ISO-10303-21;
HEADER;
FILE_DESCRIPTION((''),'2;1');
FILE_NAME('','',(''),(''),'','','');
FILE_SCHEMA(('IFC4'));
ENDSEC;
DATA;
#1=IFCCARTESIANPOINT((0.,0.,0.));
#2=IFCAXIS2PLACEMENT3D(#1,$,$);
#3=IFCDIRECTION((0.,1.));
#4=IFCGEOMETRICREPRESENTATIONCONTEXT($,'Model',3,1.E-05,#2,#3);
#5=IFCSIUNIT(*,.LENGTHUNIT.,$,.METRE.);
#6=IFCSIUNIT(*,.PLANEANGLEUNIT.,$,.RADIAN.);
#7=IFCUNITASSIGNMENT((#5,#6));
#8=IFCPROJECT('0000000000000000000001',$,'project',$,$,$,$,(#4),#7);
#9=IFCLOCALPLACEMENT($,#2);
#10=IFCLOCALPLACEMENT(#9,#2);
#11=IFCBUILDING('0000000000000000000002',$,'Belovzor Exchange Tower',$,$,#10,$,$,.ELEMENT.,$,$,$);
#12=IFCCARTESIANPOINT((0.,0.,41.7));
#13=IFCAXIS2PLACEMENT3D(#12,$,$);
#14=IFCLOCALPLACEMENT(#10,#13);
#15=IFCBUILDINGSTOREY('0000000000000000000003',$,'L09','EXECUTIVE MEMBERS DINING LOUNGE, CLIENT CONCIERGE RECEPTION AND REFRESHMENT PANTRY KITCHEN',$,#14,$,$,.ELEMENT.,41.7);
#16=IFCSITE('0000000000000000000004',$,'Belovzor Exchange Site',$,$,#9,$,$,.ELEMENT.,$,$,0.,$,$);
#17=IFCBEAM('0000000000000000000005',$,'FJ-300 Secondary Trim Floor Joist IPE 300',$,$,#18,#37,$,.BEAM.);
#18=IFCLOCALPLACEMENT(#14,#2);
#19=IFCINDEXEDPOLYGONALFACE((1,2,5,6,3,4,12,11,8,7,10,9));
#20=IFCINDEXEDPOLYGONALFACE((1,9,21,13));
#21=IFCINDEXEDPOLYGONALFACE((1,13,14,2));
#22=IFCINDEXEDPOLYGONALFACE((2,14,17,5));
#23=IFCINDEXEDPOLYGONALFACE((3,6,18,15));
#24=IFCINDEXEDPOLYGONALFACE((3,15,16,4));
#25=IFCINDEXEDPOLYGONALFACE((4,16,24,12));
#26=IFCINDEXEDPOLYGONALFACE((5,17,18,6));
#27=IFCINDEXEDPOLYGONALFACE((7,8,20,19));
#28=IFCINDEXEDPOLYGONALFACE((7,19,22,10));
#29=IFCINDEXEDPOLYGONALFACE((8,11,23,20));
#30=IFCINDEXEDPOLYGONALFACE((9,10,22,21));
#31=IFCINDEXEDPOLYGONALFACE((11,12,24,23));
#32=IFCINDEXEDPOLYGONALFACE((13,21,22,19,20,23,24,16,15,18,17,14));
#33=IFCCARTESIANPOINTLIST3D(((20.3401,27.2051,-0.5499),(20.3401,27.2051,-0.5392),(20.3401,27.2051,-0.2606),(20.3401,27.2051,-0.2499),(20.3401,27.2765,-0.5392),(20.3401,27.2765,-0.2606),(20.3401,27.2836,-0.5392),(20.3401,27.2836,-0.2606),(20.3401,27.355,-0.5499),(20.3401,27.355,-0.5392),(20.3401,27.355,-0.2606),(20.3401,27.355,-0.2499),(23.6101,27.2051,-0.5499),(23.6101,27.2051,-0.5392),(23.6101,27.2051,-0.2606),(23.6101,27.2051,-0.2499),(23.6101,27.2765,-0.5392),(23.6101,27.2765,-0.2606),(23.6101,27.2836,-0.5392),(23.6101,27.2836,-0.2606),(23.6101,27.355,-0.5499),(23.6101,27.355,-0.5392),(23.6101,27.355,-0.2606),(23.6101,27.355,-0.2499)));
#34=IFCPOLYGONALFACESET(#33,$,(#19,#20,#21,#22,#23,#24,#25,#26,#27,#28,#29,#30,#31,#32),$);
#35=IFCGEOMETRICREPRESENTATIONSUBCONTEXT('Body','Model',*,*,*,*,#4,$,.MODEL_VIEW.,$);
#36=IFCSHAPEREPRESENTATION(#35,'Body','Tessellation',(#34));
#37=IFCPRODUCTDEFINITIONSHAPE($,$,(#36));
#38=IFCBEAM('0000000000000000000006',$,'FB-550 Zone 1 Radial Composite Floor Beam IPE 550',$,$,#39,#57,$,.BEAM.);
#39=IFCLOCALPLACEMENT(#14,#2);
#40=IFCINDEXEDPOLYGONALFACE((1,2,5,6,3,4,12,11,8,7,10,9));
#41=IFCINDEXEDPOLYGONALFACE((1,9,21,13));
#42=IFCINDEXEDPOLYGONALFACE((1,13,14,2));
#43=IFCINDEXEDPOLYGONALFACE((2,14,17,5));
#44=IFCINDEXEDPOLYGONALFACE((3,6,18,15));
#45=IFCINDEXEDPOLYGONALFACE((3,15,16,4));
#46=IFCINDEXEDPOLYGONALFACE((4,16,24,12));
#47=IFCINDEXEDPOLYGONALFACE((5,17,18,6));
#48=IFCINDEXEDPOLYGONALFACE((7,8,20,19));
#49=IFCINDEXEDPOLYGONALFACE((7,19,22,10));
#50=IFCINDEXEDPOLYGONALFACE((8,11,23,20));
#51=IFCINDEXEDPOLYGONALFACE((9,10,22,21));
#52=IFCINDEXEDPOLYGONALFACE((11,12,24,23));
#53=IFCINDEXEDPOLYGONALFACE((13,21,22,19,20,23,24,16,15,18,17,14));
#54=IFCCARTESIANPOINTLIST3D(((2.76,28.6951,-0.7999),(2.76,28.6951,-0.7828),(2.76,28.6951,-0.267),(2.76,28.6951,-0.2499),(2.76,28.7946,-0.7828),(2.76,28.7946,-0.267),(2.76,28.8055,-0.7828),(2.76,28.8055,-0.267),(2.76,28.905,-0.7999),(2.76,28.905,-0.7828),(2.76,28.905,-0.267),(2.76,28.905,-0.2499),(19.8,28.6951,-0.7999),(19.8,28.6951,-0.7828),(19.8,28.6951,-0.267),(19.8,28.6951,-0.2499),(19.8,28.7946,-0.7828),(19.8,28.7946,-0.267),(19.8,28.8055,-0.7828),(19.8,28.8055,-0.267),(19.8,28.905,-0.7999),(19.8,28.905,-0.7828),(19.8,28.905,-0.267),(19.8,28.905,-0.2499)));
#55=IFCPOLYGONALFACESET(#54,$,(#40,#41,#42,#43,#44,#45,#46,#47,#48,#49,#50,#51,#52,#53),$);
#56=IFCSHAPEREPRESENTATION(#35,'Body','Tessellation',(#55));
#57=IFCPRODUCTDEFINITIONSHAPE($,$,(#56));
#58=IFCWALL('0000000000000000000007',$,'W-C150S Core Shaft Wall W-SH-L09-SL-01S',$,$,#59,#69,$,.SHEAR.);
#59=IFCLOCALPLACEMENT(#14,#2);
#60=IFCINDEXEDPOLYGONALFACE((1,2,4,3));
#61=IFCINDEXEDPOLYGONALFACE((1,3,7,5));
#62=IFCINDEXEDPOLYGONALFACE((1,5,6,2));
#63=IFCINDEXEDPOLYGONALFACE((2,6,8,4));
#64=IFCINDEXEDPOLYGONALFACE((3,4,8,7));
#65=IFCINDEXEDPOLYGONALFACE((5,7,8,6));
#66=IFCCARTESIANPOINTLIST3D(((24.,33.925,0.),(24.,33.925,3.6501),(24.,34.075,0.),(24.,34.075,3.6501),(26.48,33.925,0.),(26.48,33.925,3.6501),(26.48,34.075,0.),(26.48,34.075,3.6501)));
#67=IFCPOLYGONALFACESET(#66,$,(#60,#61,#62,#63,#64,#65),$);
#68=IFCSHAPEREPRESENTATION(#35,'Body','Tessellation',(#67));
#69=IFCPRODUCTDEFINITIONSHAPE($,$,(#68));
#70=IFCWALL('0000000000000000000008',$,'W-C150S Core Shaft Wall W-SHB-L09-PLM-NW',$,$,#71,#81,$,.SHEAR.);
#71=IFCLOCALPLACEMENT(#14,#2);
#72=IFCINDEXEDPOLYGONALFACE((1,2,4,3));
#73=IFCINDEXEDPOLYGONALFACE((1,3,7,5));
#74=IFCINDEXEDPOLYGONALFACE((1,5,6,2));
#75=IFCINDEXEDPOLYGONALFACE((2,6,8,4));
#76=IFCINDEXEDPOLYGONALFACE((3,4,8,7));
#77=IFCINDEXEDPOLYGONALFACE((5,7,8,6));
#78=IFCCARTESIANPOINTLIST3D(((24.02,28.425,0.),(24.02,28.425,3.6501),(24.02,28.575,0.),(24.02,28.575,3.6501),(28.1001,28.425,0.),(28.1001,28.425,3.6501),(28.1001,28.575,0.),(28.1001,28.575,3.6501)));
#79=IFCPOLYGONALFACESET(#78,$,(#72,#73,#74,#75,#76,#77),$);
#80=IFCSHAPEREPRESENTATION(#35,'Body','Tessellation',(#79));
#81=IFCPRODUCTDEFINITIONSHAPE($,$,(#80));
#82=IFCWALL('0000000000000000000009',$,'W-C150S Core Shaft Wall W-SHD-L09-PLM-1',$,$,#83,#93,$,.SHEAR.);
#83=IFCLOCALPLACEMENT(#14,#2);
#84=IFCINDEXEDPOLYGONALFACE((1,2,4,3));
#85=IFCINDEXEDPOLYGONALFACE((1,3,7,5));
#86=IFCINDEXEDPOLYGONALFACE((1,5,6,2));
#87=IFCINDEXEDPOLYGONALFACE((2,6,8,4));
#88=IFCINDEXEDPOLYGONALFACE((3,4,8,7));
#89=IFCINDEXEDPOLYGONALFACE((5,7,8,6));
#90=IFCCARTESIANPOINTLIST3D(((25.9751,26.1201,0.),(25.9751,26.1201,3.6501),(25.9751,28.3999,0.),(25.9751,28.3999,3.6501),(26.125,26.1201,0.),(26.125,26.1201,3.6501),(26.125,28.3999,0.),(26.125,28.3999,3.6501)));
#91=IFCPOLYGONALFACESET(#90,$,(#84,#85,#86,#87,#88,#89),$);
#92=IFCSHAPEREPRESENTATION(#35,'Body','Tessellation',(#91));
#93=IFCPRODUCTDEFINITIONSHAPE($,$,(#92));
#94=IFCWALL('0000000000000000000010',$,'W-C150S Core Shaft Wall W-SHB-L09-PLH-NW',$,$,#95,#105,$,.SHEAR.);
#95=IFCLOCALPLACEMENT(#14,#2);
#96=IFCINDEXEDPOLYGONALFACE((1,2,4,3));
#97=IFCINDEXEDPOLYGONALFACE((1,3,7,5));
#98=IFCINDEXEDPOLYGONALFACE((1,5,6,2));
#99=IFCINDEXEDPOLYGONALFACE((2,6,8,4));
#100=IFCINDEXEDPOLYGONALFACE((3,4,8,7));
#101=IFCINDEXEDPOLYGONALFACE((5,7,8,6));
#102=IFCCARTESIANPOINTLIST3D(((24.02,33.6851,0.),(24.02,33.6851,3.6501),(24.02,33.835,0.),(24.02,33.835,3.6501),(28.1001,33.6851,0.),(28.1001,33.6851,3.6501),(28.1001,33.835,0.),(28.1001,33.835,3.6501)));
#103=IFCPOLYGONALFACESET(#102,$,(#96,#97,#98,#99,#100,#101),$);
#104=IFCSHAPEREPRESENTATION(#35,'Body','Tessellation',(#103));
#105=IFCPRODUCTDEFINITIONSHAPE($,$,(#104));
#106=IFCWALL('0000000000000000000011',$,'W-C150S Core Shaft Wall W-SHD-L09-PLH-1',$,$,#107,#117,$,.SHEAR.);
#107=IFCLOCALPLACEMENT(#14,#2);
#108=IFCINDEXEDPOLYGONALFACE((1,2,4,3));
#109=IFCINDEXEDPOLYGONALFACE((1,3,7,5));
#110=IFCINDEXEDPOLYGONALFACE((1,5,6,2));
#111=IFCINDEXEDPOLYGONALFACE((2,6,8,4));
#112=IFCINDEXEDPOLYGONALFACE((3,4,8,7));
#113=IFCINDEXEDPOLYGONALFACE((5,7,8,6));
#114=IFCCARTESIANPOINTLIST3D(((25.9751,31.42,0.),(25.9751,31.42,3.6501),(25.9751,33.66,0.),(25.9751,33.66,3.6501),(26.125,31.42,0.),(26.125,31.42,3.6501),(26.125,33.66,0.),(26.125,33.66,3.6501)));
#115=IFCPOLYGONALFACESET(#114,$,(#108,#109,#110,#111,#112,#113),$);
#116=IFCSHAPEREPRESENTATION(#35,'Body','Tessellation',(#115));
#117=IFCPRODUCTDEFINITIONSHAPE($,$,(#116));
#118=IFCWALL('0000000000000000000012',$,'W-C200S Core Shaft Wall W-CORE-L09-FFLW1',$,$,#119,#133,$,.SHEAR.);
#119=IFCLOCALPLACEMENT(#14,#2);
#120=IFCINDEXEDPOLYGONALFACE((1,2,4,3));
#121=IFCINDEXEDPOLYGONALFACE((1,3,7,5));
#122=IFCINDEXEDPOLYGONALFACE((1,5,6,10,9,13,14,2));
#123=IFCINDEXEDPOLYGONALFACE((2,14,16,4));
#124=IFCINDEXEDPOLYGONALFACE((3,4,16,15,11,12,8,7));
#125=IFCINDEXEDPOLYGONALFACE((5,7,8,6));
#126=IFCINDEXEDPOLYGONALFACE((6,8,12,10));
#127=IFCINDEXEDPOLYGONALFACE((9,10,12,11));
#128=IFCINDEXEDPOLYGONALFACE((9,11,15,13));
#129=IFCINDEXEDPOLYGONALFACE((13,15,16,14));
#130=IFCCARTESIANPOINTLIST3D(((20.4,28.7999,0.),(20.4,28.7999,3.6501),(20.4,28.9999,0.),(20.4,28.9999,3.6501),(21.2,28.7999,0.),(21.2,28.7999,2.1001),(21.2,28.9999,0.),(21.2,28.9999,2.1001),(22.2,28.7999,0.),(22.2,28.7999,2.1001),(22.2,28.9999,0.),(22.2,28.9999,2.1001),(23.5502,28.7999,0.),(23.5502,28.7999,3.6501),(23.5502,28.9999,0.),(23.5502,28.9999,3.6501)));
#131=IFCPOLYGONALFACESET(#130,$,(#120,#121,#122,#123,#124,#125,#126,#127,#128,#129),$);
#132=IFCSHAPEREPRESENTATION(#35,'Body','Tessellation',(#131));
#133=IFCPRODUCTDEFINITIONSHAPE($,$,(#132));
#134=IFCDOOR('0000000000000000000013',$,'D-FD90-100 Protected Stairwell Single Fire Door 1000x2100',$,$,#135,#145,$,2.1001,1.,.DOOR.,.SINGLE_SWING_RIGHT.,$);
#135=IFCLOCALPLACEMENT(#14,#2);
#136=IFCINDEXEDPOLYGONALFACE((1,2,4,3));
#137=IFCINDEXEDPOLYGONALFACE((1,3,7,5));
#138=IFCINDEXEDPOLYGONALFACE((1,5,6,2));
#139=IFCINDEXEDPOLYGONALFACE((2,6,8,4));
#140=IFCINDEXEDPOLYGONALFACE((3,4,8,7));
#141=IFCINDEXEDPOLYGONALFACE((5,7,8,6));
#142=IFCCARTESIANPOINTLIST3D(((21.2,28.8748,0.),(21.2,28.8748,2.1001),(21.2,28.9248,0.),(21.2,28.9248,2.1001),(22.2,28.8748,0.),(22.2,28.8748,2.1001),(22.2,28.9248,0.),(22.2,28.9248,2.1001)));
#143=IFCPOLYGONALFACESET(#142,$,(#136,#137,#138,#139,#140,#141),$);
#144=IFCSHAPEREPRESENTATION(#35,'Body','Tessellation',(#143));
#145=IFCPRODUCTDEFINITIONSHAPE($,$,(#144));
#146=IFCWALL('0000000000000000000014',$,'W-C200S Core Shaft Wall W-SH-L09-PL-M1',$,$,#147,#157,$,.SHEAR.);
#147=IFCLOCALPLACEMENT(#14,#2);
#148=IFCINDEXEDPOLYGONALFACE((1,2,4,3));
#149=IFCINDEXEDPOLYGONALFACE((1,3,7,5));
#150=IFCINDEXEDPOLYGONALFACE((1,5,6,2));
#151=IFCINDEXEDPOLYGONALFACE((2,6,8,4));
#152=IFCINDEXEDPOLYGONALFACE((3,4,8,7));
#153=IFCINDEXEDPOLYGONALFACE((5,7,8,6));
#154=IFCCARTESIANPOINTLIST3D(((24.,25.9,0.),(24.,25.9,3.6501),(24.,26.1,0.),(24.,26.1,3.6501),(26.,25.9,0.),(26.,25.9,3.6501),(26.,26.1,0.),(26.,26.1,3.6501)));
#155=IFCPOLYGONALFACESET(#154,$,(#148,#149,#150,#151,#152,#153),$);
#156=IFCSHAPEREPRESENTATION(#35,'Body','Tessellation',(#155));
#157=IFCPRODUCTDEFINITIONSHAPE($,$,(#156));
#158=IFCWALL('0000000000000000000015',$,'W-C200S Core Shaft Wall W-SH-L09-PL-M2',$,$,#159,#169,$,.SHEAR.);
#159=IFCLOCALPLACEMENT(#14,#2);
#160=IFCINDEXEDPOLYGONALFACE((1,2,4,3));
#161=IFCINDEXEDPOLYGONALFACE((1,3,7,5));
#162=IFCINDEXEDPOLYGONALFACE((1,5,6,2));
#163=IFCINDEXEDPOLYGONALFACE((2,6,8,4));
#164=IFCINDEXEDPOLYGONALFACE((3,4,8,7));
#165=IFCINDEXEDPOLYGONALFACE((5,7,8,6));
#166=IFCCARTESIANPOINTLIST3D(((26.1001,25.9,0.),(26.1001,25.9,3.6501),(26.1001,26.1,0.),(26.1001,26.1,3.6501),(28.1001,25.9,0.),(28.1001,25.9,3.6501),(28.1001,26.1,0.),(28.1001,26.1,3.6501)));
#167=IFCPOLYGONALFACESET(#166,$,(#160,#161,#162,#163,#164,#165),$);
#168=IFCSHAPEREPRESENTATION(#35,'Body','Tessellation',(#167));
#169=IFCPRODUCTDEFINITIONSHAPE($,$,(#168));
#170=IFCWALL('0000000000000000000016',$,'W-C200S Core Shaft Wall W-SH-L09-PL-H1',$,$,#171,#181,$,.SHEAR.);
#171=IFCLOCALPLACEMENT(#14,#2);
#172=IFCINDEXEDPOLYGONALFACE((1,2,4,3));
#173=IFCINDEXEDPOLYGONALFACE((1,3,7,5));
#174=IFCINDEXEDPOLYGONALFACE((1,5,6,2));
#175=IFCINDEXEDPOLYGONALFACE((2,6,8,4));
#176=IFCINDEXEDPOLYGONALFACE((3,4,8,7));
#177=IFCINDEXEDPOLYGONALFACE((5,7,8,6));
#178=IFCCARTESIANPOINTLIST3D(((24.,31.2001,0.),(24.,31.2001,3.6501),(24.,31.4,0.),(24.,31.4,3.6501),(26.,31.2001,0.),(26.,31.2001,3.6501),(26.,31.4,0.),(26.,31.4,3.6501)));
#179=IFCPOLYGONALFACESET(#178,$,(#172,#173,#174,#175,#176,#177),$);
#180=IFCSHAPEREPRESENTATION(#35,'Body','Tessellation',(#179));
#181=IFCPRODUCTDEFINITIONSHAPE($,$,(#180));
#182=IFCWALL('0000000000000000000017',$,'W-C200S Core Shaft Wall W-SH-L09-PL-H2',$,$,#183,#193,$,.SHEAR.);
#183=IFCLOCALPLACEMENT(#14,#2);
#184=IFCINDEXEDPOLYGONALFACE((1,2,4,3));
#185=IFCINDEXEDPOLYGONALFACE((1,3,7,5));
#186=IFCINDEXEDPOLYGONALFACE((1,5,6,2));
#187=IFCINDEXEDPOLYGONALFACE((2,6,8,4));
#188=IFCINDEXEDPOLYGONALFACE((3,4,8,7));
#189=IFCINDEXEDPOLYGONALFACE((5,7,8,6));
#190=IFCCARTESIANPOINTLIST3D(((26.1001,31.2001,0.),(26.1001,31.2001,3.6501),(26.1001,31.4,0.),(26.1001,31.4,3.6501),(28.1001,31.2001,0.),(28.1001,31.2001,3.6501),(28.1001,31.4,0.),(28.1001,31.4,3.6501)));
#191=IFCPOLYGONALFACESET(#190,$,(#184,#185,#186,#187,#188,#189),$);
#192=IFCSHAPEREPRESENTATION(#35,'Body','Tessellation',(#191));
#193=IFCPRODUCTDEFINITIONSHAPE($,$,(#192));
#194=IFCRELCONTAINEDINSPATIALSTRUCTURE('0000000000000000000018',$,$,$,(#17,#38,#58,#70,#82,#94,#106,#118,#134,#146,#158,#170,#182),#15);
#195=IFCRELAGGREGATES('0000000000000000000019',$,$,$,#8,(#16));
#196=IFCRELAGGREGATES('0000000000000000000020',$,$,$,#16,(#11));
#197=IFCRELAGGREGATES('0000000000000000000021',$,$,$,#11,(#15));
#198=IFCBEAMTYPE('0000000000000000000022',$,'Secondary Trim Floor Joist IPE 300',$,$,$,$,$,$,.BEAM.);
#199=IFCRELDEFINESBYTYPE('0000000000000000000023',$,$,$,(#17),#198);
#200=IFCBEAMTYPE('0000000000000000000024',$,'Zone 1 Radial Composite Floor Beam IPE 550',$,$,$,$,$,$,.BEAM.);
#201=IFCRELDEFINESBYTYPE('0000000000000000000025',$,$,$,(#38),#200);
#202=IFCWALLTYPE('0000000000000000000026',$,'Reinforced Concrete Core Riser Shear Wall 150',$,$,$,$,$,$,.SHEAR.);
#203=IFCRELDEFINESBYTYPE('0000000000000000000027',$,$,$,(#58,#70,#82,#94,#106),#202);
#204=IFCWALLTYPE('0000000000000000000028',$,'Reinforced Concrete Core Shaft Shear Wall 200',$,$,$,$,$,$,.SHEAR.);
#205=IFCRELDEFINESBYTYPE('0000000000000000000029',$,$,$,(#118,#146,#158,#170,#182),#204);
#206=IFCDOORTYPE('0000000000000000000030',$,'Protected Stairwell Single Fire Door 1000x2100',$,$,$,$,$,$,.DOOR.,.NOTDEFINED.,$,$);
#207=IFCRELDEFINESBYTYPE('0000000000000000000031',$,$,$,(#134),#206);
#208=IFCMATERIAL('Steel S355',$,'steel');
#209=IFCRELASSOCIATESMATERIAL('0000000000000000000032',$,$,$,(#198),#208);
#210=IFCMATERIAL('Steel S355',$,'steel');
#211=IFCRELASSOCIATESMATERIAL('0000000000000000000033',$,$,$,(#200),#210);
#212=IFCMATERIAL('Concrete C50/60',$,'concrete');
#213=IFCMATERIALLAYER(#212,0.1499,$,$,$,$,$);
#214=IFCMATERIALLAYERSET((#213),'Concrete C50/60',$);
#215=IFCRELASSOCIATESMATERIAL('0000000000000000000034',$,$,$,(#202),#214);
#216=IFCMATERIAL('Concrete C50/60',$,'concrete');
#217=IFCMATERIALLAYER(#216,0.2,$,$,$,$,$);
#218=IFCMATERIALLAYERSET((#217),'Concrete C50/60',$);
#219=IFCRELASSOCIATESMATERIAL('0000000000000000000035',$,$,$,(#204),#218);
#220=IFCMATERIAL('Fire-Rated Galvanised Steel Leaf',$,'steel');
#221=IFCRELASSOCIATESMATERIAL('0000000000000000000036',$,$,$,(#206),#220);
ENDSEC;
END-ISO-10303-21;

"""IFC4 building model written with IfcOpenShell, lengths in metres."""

from ifc_helpers import new_model, si_unit, direction, frame, frame_2d, origin, origin_2d, place, context, subcontext, project, spatial, rectangle, i_section, extrude, material, layer, layer_set, material_profile, profile_set, type_object, element, fill, save


model = new_model("IFC4")

# Units and contexts
model_context = context("Model", 3, precision=1e-05, world=origin(), true_north=direction((0.0, 1.0)))
body_context = subcontext(model_context, "Body", "Model", "MODEL_VIEW")
ifc_project = project(units=[si_unit("LENGTHUNIT", "METRE"), si_unit("PLANEANGLEUNIT", "RADIAN")], contexts=[model_context])

# Site, building, storey
site_placement = place(None, origin())
site = spatial("IfcSite", under=ifc_project, at=site_placement, Name="Belovzor Exchange Site", CompositionType="ELEMENT", RefElevation=0.0)
building_placement = place(site_placement, origin())
building = spatial("IfcBuilding", under=site, at=building_placement, Name="Belovzor Exchange Tower", CompositionType="ELEMENT")
storey_placement = place(building_placement, frame((0.0, 0.0, 41.7)))
storey = spatial("IfcBuildingStorey", under=building, at=storey_placement, Name="L09", Description="EXECUTIVE MEMBERS DINING LOUNGE, CLIENT CONCIERGE RECEPTION AND REFRESHMENT PANTRY KITCHEN", CompositionType="ELEMENT", Elevation=41.7)

# Beams
ifc_material_1 = material(Name="Steel S355", Category="steel")
ifc_material_profile_1 = material_profile(ifc_material_1, i_section(OverallWidth=0.1499, OverallDepth=0.3, WebThickness=0.0071, FlangeThickness=0.0107, at=origin_2d()))
ifc_profile_set_1 = profile_set([ifc_material_profile_1], Name="Steel S355")
beam_type_1 = type_object("IfcBeamType", Name="Secondary Trim Floor Joist IPE 300", PredefinedType="BEAM", material=ifc_profile_set_1)
beam_1_placement = place(storey_placement, frame((20.3401, 27.28, -0.3999), z_axis=(1.0, 0.0, 0.0), x_axis=(0.0, 1.0, 0.0)))
element("IfcBeam", 1, at=beam_1_placement, inside=storey, type_object=beam_type_1, Name="FJ-300 Secondary Trim Floor Joist IPE 300", PredefinedType="BEAM", context=body_context, shape_type="SweptSolid", body=[
    extrude(i_section(OverallWidth=0.1499, OverallDepth=0.3, WebThickness=0.0071, FlangeThickness=0.0107, at=origin_2d()), origin(), (0.0, 0.0, 1.0), 3.27),
])
ifc_material_2 = material(Name="Steel S355", Category="steel")
ifc_material_profile_2 = material_profile(ifc_material_2, i_section(OverallWidth=0.21, OverallDepth=0.55, WebThickness=0.011, FlangeThickness=0.0171, at=origin_2d()))
ifc_profile_set_2 = profile_set([ifc_material_profile_2], Name="Steel S355")
beam_type_2 = type_object("IfcBeamType", Name="Zone 1 Radial Composite Floor Beam IPE 550", PredefinedType="BEAM", material=ifc_profile_set_2)
beam_2_placement = place(storey_placement, frame((19.8, 28.8, -0.5249), z_axis=(-1.0, 0.0, 0.0), x_axis=(0.0, -1.0, 0.0)))
element("IfcBeam", 2, at=beam_2_placement, inside=storey, type_object=beam_type_2, Name="FB-550 Zone 1 Radial Composite Floor Beam IPE 550", PredefinedType="BEAM", context=body_context, shape_type="SweptSolid", body=[
    extrude(i_section(OverallWidth=0.21, OverallDepth=0.55, WebThickness=0.011, FlangeThickness=0.0171, at=origin_2d()), origin(), (0.0, 0.0, 1.0), 17.04),
])

# Walls
ifc_material_3 = material(Name="Concrete C50/60", Category="concrete")
ifc_layer_1 = layer(ifc_material_3, 0.1499)
ifc_layer_set_1 = layer_set([ifc_layer_1], Name="Concrete C50/60")
wall_type_1 = type_object("IfcWallType", Name="Reinforced Concrete Core Riser Shear Wall 150", PredefinedType="SHEAR", material=ifc_layer_set_1)
wall_1_placement = place(storey_placement, frame((24.0, 34.0, 0.0), z_axis=(0.0, 0.0, 1.0), x_axis=(1.0, 0.0, 0.0)))
element("IfcWall", 3, at=wall_1_placement, inside=storey, type_object=wall_type_1, Name="W-C150S Core Shaft Wall W-SH-L09-SL-01S", PredefinedType="SHEAR", context=body_context, shape_type="SweptSolid", body=[
    extrude(rectangle(XDim=2.48, YDim=0.1499, at=frame_2d((1.24, 0.0))), origin(), (0.0, 0.0, 1.0), 3.6501),
])
wall_2_placement = place(storey_placement, frame((24.02, 28.5, 0.0), z_axis=(0.0, 0.0, 1.0), x_axis=(1.0, 0.0, 0.0)))
element("IfcWall", 4, at=wall_2_placement, inside=storey, type_object=wall_type_1, Name="W-C150S Core Shaft Wall W-SHB-L09-PLM-NW", PredefinedType="SHEAR", context=body_context, shape_type="SweptSolid", body=[
    extrude(rectangle(XDim=4.0801, YDim=0.1499, at=frame_2d((2.04, 0.0))), origin(), (0.0, 0.0, 1.0), 3.6501),
])
wall_3_placement = place(storey_placement, frame((26.05, 26.1201, 0.0), z_axis=(0.0, 0.0, 1.0), x_axis=(0.0, 1.0, 0.0)))
element("IfcWall", 5, at=wall_3_placement, inside=storey, type_object=wall_type_1, Name="W-C150S Core Shaft Wall W-SHD-L09-PLM-1", PredefinedType="SHEAR", context=body_context, shape_type="SweptSolid", body=[
    extrude(rectangle(XDim=2.2798, YDim=0.1499, at=frame_2d((1.1399, 0.0))), origin(), (0.0, 0.0, 1.0), 3.6501),
])
wall_4_placement = place(storey_placement, frame((24.02, 33.76, 0.0), z_axis=(0.0, 0.0, 1.0), x_axis=(1.0, 0.0, 0.0)))
element("IfcWall", 6, at=wall_4_placement, inside=storey, type_object=wall_type_1, Name="W-C150S Core Shaft Wall W-SHB-L09-PLH-NW", PredefinedType="SHEAR", context=body_context, shape_type="SweptSolid", body=[
    extrude(rectangle(XDim=4.0801, YDim=0.1499, at=frame_2d((2.04, 0.0))), origin(), (0.0, 0.0, 1.0), 3.6501),
])
wall_5_placement = place(storey_placement, frame((26.05, 31.4199, 0.0), z_axis=(0.0, 0.0, 1.0), x_axis=(0.0, 1.0, 0.0)))
element("IfcWall", 7, at=wall_5_placement, inside=storey, type_object=wall_type_1, Name="W-C150S Core Shaft Wall W-SHD-L09-PLH-1", PredefinedType="SHEAR", context=body_context, shape_type="SweptSolid", body=[
    extrude(rectangle(XDim=2.24, YDim=0.1499, at=frame_2d((1.1201, 0.0))), origin(), (0.0, 0.0, 1.0), 3.6501),
])

# Wall, opening, door
ifc_material_4 = material(Name="Concrete C50/60", Category="concrete")
ifc_layer_2 = layer(ifc_material_4, 0.2)
ifc_layer_set_2 = layer_set([ifc_layer_2], Name="Concrete C50/60")
wall_type_2 = type_object("IfcWallType", Name="Reinforced Concrete Core Shaft Shear Wall 200", PredefinedType="SHEAR", material=ifc_layer_set_2)
wall_6_placement = place(storey_placement, frame((20.3999, 28.8999, 0.0), z_axis=(0.0, 0.0, 1.0), x_axis=(1.0, 0.0, 0.0)))
wall_6 = element("IfcWall", 8, at=wall_6_placement, inside=storey, type_object=wall_type_2, Name="W-C200S Core Shaft Wall W-CORE-L09-FFLW1", PredefinedType="SHEAR", context=body_context, shape_type="SweptSolid", body=[
    extrude(rectangle(XDim=3.1501, YDim=0.2, at=frame_2d((1.5752, 0.0))), origin(), (0.0, 0.0, 1.0), 3.6501),
])
opening_1_placement = place(wall_6_placement, frame((0.8, 0.0, 0.0)))
opening_1 = element("IfcOpeningElement", 9, at=opening_1_placement, cuts=wall_6, PredefinedType="OPENING", context=body_context, shape_type="SweptSolid", body=[
    extrude(rectangle(XDim=1.0, YDim=2.1001, at=frame_2d((0.5, 1.05))), frame((0.0, 0.1099, 0.0), z_axis=(0.0, -1.0, 0.0), x_axis=(1.0, 0.0, 0.0)), (0.0, 0.0, 1.0), 0.22),
])
ifc_material_5 = material(Name="Fire-Rated Galvanised Steel Leaf", Category="steel")
door_type_1 = type_object("IfcDoorType", Name="Protected Stairwell Single Fire Door 1000x2100", OperationType="NOTDEFINED", PredefinedType="DOOR", material=ifc_material_5)
door_1_placement = place(opening_1_placement, origin())
door_1 = element("IfcDoor", 10, at=door_1_placement, inside=storey, type_object=door_type_1, Name="D-FD90-100 Protected Stairwell Single Fire Door 1000x2100", OperationType="SINGLE_SWING_RIGHT", OverallHeight=2.1001, OverallWidth=1.0, PredefinedType="DOOR", context=body_context, shape_type="SweptSolid", body=[
    extrude(rectangle(XDim=1.0, YDim=2.1001, at=frame_2d((0.5, 1.05))), frame((0.0, 0.0249, 0.0), z_axis=(0.0, -1.0, 0.0), x_axis=(1.0, 0.0, 0.0)), (0.0, 0.0, 1.0), 0.05),
])
fill(opening_1, door_1)

# Walls
for number, where, z_axis, x_axis, name in (
    (11, (24.0, 26.0, 0.0), (0.0, 0.0, 1.0), (1.0, 0.0, 0.0), "W-C200S Core Shaft Wall W-SH-L09-PL-M1"),
    (12, (26.1001, 26.0, 0.0), (0.0, 0.0, 1.0), (1.0, 0.0, 0.0), "W-C200S Core Shaft Wall W-SH-L09-PL-M2"),
    (13, (24.0, 31.3, 0.0), (0.0, 0.0, 1.0), (1.0, 0.0, 0.0), "W-C200S Core Shaft Wall W-SH-L09-PL-H1"),
    (14, (26.1001, 31.3, 0.0), (0.0, 0.0, 1.0), (1.0, 0.0, 0.0), "W-C200S Core Shaft Wall W-SH-L09-PL-H2"),
):
    element("IfcWall", number, at=place(storey_placement, frame(where, z_axis=z_axis, x_axis=x_axis)), inside=storey, type_object=wall_type_2, Name=name, PredefinedType="SHEAR", context=body_context, shape_type="SweptSolid", body=[
        extrude(rectangle(XDim=2.0, YDim=0.2, at=frame_2d((1.0, 0.0))), origin(), (0.0, 0.0, 1.0), 3.6501),
    ])

save(model, "model.ifc")
